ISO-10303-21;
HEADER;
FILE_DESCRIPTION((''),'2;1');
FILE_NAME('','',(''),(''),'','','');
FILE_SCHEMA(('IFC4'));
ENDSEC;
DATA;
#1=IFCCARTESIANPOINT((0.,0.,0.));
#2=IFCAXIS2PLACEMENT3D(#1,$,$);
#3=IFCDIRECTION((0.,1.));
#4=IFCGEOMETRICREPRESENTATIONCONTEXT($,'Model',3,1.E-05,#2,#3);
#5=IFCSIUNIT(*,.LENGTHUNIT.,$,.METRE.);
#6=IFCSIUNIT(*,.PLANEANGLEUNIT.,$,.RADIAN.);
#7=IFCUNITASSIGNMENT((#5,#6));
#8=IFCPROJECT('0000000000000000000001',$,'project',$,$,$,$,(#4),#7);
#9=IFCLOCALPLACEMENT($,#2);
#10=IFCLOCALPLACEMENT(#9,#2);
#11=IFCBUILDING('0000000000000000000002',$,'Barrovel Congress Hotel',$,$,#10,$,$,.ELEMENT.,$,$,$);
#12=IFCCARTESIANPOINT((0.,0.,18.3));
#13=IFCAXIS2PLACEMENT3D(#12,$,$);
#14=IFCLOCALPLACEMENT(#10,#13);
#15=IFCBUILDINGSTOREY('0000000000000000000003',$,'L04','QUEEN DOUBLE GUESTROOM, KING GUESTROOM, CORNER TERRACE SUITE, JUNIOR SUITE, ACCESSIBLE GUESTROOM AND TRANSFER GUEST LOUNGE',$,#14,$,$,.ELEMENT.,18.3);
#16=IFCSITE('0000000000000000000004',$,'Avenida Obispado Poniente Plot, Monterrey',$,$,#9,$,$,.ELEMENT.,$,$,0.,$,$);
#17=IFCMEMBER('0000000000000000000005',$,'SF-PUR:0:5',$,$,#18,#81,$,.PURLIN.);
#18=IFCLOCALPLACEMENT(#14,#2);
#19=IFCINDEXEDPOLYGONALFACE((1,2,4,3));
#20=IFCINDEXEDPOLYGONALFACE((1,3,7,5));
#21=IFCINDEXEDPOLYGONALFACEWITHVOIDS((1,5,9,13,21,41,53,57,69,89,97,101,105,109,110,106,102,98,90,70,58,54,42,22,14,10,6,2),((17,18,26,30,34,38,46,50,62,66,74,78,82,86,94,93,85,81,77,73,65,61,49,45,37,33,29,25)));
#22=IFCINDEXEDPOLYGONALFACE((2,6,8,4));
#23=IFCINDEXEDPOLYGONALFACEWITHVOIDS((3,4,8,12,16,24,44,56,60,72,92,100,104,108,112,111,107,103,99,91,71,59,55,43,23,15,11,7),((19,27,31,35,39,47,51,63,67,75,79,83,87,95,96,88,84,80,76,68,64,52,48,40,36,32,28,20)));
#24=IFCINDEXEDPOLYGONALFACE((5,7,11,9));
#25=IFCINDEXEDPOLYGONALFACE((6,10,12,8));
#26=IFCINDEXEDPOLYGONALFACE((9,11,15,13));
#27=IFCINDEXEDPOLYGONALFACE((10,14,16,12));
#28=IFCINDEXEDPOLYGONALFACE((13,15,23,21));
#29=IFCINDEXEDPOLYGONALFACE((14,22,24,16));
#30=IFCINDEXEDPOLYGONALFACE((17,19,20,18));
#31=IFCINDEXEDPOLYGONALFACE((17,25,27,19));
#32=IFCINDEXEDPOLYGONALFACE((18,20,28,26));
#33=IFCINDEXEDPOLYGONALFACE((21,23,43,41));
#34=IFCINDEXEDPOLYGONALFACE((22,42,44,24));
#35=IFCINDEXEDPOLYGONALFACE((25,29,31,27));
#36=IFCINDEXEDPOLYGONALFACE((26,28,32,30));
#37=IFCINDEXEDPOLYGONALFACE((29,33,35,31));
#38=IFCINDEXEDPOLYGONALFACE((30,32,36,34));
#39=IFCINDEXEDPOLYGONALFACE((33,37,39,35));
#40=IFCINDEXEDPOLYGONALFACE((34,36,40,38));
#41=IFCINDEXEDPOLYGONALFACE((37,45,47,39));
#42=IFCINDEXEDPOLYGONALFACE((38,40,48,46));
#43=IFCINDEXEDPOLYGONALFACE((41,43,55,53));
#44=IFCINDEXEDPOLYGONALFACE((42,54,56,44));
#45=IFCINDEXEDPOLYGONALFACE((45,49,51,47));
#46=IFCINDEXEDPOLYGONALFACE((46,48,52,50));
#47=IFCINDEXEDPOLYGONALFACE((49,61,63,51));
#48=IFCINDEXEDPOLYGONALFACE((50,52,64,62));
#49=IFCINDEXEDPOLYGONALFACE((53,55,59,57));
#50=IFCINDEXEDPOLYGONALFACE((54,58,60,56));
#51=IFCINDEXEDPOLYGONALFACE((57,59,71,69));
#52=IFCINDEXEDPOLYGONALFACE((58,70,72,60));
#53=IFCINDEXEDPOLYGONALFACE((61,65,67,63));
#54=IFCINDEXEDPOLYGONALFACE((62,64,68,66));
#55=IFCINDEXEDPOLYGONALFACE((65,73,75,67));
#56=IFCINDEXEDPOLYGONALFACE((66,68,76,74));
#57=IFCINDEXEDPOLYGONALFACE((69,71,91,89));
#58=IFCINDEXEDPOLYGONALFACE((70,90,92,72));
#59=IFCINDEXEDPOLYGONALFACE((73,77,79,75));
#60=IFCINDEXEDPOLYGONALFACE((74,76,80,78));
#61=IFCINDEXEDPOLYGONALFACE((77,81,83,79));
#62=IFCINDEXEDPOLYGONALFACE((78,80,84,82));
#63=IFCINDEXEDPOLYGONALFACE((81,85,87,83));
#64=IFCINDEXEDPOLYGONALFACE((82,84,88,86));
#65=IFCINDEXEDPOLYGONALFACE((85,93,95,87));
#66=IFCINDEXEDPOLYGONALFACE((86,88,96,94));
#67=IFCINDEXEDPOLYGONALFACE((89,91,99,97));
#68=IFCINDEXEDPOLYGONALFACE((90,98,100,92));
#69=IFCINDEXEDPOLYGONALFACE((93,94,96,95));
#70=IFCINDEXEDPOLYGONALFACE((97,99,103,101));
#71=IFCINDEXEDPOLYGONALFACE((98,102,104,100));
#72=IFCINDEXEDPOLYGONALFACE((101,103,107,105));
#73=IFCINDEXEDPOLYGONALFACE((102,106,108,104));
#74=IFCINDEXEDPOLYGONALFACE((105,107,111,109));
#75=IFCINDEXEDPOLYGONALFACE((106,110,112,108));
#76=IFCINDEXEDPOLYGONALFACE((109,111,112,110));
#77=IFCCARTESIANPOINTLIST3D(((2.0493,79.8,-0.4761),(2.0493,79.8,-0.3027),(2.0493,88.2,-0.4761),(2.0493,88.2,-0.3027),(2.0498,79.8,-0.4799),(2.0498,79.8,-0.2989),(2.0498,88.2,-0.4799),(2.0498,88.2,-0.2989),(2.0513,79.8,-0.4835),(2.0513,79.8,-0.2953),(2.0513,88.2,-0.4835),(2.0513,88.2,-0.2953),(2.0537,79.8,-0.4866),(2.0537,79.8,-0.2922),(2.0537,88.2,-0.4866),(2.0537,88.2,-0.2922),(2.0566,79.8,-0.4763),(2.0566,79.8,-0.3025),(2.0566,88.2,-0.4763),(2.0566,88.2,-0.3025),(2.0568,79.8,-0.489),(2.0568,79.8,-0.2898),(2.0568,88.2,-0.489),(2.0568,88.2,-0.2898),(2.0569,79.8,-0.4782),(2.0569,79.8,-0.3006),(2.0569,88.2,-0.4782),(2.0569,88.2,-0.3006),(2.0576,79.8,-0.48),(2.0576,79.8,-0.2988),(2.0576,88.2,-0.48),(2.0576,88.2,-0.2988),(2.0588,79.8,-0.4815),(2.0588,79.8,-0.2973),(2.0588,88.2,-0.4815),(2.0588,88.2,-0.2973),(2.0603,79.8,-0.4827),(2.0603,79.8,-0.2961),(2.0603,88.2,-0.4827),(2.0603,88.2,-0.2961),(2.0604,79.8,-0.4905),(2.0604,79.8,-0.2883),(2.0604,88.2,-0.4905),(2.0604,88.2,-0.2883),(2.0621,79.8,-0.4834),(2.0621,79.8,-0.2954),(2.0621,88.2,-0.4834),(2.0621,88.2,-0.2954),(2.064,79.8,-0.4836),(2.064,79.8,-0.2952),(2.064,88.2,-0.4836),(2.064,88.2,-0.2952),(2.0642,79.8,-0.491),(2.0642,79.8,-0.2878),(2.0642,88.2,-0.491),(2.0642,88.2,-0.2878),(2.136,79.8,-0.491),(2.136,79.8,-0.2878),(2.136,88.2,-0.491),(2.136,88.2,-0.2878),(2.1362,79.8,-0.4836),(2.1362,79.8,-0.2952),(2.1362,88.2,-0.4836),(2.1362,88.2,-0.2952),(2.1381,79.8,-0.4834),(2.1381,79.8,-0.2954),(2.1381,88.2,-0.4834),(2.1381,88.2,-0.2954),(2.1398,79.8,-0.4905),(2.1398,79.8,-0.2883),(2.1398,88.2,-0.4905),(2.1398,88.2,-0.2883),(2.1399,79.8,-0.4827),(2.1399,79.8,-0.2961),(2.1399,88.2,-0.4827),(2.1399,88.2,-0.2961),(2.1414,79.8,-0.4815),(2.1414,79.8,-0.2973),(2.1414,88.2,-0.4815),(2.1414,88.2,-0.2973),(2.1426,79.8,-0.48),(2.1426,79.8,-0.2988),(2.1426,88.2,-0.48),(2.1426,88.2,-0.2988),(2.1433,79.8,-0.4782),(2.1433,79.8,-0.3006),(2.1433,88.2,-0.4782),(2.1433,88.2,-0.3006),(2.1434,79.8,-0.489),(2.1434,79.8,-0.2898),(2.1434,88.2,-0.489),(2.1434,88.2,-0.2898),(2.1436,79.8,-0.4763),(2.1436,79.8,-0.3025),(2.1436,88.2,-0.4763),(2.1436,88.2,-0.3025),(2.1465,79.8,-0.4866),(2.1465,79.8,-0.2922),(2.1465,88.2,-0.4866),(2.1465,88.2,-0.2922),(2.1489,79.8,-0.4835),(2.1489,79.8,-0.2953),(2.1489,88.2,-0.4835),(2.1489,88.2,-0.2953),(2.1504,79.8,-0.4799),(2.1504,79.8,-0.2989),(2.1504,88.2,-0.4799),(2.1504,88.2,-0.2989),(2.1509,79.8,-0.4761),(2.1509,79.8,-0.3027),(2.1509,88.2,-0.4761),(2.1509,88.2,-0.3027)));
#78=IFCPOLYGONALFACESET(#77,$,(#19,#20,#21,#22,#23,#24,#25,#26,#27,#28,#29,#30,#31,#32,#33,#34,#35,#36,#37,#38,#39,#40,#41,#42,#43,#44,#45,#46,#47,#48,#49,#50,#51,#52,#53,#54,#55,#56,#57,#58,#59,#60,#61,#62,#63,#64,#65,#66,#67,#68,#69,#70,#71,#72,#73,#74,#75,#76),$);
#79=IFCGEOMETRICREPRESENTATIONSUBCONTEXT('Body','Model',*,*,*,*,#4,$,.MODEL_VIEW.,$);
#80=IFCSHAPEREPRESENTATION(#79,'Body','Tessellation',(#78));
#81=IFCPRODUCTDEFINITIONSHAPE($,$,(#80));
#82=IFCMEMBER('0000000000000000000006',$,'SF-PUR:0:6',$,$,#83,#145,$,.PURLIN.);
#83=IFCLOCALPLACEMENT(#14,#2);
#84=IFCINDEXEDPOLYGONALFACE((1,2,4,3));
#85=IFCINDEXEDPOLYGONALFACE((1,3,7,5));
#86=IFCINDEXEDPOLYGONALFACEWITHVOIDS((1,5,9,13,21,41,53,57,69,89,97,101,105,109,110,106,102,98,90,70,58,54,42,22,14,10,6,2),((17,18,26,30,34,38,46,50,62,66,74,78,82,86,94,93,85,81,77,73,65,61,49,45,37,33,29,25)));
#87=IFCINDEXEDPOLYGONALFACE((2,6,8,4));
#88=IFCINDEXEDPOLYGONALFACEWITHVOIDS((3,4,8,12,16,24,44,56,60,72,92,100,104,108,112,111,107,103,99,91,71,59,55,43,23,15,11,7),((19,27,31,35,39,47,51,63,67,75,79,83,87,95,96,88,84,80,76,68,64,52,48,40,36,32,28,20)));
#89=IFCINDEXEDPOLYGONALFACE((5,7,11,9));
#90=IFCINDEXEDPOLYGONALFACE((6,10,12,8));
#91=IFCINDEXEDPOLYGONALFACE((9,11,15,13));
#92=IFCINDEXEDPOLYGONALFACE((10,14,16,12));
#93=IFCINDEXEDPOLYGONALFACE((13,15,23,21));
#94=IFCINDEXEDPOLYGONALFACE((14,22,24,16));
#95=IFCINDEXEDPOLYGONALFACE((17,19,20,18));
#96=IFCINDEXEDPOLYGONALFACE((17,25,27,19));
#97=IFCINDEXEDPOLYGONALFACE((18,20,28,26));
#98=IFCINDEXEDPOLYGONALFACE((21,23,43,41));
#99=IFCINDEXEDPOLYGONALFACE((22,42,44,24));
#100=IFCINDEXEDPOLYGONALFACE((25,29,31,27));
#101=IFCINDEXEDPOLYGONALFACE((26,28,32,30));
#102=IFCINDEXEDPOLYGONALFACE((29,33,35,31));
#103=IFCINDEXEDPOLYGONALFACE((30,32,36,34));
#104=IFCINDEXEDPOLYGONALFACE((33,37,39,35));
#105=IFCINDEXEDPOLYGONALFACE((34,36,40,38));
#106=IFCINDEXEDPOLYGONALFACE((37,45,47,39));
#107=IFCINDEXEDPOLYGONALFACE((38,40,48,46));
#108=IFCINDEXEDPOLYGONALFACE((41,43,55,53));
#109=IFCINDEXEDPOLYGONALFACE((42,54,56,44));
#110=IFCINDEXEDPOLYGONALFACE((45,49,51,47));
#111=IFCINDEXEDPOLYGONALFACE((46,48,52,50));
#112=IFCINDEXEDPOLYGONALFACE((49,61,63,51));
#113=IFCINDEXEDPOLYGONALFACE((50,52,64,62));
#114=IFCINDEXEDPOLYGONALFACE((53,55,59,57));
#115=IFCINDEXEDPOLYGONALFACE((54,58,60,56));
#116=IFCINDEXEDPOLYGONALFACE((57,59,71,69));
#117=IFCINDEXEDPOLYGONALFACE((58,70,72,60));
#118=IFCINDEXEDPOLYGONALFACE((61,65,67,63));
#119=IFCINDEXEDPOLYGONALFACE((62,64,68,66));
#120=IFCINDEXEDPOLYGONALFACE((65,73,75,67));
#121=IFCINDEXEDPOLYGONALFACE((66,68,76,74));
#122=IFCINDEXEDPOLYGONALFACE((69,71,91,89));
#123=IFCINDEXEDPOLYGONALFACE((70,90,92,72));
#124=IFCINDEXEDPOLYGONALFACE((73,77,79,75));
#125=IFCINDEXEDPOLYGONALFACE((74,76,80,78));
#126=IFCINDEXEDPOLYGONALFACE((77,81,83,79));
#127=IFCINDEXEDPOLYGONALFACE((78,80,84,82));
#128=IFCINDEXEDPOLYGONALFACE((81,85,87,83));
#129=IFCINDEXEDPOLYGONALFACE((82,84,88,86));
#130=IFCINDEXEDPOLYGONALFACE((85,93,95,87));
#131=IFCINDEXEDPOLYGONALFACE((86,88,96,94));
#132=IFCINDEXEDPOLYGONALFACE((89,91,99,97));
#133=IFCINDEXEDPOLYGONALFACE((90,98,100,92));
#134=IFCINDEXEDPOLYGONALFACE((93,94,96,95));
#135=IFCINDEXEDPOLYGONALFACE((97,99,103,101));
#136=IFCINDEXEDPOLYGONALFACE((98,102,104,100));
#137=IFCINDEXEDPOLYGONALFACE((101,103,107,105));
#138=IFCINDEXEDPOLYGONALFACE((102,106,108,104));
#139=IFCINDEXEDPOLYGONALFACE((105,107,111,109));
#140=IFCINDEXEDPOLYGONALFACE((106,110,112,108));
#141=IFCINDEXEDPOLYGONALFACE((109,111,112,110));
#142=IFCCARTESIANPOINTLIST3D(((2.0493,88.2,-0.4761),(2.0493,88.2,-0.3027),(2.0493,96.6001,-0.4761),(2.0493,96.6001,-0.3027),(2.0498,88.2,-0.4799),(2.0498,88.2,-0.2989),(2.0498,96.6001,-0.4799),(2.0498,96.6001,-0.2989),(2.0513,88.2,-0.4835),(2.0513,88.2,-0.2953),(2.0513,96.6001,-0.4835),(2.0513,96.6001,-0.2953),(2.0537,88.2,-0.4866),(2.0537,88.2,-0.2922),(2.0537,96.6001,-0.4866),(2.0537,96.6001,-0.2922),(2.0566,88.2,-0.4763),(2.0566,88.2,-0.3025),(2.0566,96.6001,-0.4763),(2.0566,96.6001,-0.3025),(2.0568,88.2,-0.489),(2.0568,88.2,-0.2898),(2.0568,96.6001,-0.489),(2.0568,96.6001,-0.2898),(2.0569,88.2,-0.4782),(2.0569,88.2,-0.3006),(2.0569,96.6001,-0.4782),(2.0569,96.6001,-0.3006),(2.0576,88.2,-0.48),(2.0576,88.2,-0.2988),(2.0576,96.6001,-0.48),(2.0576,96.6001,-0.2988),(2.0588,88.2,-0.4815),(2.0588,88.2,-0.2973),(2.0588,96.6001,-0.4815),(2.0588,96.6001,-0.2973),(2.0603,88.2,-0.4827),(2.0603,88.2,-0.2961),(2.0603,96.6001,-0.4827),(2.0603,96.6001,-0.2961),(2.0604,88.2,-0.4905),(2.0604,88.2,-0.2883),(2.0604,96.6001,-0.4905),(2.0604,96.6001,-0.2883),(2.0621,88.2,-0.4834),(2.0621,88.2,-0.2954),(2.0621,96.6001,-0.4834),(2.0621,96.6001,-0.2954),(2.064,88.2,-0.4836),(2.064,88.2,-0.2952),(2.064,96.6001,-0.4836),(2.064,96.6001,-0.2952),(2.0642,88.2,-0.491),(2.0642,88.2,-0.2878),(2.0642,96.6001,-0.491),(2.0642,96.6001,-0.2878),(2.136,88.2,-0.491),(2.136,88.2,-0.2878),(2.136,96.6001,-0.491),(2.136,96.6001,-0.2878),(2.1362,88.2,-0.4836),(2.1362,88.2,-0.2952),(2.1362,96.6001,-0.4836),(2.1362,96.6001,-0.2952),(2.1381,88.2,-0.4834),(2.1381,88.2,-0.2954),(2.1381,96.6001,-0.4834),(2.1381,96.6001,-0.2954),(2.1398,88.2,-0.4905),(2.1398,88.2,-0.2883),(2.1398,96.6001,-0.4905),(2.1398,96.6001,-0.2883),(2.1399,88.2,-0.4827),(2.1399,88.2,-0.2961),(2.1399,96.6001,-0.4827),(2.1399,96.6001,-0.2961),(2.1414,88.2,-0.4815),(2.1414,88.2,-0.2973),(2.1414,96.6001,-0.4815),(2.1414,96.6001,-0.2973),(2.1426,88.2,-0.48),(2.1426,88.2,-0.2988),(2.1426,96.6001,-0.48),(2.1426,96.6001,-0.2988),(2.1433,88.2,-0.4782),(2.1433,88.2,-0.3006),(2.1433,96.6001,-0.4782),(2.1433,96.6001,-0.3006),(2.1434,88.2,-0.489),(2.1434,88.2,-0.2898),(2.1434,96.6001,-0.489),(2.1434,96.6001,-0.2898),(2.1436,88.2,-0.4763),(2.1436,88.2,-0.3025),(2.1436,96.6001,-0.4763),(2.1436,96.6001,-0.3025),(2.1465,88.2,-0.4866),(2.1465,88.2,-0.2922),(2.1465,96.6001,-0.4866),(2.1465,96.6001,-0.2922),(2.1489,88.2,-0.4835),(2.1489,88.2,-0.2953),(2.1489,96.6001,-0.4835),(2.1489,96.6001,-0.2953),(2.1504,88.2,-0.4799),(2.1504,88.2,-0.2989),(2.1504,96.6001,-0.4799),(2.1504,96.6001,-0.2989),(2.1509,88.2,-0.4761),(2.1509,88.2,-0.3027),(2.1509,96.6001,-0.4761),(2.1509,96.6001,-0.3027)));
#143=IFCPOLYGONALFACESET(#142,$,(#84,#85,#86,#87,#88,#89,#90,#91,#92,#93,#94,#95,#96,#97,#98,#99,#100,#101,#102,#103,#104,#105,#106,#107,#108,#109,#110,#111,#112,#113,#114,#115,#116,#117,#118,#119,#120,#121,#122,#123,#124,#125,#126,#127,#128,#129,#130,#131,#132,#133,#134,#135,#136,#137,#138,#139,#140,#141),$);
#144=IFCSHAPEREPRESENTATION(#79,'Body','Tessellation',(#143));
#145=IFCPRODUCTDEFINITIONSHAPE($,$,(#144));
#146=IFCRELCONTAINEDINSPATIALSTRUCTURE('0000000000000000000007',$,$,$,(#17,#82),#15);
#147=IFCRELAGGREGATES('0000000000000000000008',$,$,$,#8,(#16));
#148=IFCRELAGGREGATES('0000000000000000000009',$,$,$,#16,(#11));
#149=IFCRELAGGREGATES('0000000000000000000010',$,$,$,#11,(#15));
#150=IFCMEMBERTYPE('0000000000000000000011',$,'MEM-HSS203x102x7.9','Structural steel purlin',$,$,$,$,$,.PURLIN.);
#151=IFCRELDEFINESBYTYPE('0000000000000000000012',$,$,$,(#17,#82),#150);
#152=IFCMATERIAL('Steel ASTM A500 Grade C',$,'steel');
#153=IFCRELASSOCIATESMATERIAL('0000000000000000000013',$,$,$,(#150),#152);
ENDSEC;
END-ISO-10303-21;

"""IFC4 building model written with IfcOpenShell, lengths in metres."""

from ifc_helpers import new_model, si_unit, direction, frame, origin, origin_2d, place, context, subcontext, project, spatial, hollow_rectangle, extrude, material, material_profile, profile_set, type_object, element, save


model = new_model("IFC4")

# Units and contexts
model_context = context("Model", 3, precision=1e-05, world=origin(), true_north=direction((0.0, 1.0)))
body_context = subcontext(model_context, "Body", "Model", "MODEL_VIEW")
ifc_project = project(units=[si_unit("LENGTHUNIT", "METRE"), si_unit("PLANEANGLEUNIT", "RADIAN")], contexts=[model_context])

# Site, building, storey
site_placement = place(None, origin())
site = spatial("IfcSite", under=ifc_project, at=site_placement, Name="Avenida Obispado Poniente Plot, Monterrey", CompositionType="ELEMENT", RefElevation=0.0)
building_placement = place(site_placement, origin())
building = spatial("IfcBuilding", under=site, at=building_placement, Name="Barrovel Congress Hotel", CompositionType="ELEMENT")
storey_placement = place(building_placement, frame((0.0, 0.0, 18.3)))
storey = spatial("IfcBuildingStorey", under=building, at=storey_placement, Name="L04", Description="QUEEN DOUBLE GUESTROOM, KING GUESTROOM, CORNER TERRACE SUITE, JUNIOR SUITE, ACCESSIBLE GUESTROOM AND TRANSFER GUEST LOUNGE", CompositionType="ELEMENT", Elevation=18.3)

# Members
ifc_material_1 = material(Name="Steel ASTM A500 Grade C", Category="steel")
ifc_material_profile_1 = material_profile(ifc_material_1, hollow_rectangle(XDim=0.1016, YDim=0.2031, WallThickness=0.0073, InnerFilletRadius=0.0073, OuterFilletRadius=0.0149, at=origin_2d()), Name="HSS203x102x7.9")
ifc_profile_set_1 = profile_set([ifc_material_profile_1], Name="Steel ASTM A500 Grade C")
member_type_1 = type_object("IfcMemberType", Name="MEM-HSS203x102x7.9", Description="Structural steel purlin", PredefinedType="PURLIN", material=ifc_profile_set_1)
member_1_placement = place(storey_placement, frame((2.1001, 79.8, -0.3894), z_axis=(0.0, 1.0, 0.0), x_axis=(-1.0, 0.0, 0.0)))
element("IfcMember", 1, at=member_1_placement, inside=storey, type_object=member_type_1, Name="SF-PUR:0:5", PredefinedType="PURLIN", context=body_context, shape_type="SweptSolid", body=[
    extrude(hollow_rectangle(XDim=0.1016, YDim=0.2031, WallThickness=0.0073, InnerFilletRadius=0.0073, OuterFilletRadius=0.0149, at=origin_2d()), origin(), (0.0, 0.0, 1.0), 8.3999),
])
for number, where, z_axis, x_axis, name in (
    (2, (2.1001, 88.2, -0.3894), (0.0, 1.0, 0.0), (-1.0, 0.0, 0.0), "SF-PUR:0:6"),
):
    element("IfcMember", number, at=place(storey_placement, frame(where, z_axis=z_axis, x_axis=x_axis)), inside=storey, type_object=member_type_1, Name=name, PredefinedType="PURLIN", context=body_context, shape_type="SweptSolid", body=[
        extrude(hollow_rectangle(XDim=0.1016, YDim=0.2031, WallThickness=0.0073, InnerFilletRadius=0.0073, OuterFilletRadius=0.0149, at=origin_2d()), origin(), (0.0, 0.0, 1.0), 8.4001),
    ])

save(model, "model.ifc")
